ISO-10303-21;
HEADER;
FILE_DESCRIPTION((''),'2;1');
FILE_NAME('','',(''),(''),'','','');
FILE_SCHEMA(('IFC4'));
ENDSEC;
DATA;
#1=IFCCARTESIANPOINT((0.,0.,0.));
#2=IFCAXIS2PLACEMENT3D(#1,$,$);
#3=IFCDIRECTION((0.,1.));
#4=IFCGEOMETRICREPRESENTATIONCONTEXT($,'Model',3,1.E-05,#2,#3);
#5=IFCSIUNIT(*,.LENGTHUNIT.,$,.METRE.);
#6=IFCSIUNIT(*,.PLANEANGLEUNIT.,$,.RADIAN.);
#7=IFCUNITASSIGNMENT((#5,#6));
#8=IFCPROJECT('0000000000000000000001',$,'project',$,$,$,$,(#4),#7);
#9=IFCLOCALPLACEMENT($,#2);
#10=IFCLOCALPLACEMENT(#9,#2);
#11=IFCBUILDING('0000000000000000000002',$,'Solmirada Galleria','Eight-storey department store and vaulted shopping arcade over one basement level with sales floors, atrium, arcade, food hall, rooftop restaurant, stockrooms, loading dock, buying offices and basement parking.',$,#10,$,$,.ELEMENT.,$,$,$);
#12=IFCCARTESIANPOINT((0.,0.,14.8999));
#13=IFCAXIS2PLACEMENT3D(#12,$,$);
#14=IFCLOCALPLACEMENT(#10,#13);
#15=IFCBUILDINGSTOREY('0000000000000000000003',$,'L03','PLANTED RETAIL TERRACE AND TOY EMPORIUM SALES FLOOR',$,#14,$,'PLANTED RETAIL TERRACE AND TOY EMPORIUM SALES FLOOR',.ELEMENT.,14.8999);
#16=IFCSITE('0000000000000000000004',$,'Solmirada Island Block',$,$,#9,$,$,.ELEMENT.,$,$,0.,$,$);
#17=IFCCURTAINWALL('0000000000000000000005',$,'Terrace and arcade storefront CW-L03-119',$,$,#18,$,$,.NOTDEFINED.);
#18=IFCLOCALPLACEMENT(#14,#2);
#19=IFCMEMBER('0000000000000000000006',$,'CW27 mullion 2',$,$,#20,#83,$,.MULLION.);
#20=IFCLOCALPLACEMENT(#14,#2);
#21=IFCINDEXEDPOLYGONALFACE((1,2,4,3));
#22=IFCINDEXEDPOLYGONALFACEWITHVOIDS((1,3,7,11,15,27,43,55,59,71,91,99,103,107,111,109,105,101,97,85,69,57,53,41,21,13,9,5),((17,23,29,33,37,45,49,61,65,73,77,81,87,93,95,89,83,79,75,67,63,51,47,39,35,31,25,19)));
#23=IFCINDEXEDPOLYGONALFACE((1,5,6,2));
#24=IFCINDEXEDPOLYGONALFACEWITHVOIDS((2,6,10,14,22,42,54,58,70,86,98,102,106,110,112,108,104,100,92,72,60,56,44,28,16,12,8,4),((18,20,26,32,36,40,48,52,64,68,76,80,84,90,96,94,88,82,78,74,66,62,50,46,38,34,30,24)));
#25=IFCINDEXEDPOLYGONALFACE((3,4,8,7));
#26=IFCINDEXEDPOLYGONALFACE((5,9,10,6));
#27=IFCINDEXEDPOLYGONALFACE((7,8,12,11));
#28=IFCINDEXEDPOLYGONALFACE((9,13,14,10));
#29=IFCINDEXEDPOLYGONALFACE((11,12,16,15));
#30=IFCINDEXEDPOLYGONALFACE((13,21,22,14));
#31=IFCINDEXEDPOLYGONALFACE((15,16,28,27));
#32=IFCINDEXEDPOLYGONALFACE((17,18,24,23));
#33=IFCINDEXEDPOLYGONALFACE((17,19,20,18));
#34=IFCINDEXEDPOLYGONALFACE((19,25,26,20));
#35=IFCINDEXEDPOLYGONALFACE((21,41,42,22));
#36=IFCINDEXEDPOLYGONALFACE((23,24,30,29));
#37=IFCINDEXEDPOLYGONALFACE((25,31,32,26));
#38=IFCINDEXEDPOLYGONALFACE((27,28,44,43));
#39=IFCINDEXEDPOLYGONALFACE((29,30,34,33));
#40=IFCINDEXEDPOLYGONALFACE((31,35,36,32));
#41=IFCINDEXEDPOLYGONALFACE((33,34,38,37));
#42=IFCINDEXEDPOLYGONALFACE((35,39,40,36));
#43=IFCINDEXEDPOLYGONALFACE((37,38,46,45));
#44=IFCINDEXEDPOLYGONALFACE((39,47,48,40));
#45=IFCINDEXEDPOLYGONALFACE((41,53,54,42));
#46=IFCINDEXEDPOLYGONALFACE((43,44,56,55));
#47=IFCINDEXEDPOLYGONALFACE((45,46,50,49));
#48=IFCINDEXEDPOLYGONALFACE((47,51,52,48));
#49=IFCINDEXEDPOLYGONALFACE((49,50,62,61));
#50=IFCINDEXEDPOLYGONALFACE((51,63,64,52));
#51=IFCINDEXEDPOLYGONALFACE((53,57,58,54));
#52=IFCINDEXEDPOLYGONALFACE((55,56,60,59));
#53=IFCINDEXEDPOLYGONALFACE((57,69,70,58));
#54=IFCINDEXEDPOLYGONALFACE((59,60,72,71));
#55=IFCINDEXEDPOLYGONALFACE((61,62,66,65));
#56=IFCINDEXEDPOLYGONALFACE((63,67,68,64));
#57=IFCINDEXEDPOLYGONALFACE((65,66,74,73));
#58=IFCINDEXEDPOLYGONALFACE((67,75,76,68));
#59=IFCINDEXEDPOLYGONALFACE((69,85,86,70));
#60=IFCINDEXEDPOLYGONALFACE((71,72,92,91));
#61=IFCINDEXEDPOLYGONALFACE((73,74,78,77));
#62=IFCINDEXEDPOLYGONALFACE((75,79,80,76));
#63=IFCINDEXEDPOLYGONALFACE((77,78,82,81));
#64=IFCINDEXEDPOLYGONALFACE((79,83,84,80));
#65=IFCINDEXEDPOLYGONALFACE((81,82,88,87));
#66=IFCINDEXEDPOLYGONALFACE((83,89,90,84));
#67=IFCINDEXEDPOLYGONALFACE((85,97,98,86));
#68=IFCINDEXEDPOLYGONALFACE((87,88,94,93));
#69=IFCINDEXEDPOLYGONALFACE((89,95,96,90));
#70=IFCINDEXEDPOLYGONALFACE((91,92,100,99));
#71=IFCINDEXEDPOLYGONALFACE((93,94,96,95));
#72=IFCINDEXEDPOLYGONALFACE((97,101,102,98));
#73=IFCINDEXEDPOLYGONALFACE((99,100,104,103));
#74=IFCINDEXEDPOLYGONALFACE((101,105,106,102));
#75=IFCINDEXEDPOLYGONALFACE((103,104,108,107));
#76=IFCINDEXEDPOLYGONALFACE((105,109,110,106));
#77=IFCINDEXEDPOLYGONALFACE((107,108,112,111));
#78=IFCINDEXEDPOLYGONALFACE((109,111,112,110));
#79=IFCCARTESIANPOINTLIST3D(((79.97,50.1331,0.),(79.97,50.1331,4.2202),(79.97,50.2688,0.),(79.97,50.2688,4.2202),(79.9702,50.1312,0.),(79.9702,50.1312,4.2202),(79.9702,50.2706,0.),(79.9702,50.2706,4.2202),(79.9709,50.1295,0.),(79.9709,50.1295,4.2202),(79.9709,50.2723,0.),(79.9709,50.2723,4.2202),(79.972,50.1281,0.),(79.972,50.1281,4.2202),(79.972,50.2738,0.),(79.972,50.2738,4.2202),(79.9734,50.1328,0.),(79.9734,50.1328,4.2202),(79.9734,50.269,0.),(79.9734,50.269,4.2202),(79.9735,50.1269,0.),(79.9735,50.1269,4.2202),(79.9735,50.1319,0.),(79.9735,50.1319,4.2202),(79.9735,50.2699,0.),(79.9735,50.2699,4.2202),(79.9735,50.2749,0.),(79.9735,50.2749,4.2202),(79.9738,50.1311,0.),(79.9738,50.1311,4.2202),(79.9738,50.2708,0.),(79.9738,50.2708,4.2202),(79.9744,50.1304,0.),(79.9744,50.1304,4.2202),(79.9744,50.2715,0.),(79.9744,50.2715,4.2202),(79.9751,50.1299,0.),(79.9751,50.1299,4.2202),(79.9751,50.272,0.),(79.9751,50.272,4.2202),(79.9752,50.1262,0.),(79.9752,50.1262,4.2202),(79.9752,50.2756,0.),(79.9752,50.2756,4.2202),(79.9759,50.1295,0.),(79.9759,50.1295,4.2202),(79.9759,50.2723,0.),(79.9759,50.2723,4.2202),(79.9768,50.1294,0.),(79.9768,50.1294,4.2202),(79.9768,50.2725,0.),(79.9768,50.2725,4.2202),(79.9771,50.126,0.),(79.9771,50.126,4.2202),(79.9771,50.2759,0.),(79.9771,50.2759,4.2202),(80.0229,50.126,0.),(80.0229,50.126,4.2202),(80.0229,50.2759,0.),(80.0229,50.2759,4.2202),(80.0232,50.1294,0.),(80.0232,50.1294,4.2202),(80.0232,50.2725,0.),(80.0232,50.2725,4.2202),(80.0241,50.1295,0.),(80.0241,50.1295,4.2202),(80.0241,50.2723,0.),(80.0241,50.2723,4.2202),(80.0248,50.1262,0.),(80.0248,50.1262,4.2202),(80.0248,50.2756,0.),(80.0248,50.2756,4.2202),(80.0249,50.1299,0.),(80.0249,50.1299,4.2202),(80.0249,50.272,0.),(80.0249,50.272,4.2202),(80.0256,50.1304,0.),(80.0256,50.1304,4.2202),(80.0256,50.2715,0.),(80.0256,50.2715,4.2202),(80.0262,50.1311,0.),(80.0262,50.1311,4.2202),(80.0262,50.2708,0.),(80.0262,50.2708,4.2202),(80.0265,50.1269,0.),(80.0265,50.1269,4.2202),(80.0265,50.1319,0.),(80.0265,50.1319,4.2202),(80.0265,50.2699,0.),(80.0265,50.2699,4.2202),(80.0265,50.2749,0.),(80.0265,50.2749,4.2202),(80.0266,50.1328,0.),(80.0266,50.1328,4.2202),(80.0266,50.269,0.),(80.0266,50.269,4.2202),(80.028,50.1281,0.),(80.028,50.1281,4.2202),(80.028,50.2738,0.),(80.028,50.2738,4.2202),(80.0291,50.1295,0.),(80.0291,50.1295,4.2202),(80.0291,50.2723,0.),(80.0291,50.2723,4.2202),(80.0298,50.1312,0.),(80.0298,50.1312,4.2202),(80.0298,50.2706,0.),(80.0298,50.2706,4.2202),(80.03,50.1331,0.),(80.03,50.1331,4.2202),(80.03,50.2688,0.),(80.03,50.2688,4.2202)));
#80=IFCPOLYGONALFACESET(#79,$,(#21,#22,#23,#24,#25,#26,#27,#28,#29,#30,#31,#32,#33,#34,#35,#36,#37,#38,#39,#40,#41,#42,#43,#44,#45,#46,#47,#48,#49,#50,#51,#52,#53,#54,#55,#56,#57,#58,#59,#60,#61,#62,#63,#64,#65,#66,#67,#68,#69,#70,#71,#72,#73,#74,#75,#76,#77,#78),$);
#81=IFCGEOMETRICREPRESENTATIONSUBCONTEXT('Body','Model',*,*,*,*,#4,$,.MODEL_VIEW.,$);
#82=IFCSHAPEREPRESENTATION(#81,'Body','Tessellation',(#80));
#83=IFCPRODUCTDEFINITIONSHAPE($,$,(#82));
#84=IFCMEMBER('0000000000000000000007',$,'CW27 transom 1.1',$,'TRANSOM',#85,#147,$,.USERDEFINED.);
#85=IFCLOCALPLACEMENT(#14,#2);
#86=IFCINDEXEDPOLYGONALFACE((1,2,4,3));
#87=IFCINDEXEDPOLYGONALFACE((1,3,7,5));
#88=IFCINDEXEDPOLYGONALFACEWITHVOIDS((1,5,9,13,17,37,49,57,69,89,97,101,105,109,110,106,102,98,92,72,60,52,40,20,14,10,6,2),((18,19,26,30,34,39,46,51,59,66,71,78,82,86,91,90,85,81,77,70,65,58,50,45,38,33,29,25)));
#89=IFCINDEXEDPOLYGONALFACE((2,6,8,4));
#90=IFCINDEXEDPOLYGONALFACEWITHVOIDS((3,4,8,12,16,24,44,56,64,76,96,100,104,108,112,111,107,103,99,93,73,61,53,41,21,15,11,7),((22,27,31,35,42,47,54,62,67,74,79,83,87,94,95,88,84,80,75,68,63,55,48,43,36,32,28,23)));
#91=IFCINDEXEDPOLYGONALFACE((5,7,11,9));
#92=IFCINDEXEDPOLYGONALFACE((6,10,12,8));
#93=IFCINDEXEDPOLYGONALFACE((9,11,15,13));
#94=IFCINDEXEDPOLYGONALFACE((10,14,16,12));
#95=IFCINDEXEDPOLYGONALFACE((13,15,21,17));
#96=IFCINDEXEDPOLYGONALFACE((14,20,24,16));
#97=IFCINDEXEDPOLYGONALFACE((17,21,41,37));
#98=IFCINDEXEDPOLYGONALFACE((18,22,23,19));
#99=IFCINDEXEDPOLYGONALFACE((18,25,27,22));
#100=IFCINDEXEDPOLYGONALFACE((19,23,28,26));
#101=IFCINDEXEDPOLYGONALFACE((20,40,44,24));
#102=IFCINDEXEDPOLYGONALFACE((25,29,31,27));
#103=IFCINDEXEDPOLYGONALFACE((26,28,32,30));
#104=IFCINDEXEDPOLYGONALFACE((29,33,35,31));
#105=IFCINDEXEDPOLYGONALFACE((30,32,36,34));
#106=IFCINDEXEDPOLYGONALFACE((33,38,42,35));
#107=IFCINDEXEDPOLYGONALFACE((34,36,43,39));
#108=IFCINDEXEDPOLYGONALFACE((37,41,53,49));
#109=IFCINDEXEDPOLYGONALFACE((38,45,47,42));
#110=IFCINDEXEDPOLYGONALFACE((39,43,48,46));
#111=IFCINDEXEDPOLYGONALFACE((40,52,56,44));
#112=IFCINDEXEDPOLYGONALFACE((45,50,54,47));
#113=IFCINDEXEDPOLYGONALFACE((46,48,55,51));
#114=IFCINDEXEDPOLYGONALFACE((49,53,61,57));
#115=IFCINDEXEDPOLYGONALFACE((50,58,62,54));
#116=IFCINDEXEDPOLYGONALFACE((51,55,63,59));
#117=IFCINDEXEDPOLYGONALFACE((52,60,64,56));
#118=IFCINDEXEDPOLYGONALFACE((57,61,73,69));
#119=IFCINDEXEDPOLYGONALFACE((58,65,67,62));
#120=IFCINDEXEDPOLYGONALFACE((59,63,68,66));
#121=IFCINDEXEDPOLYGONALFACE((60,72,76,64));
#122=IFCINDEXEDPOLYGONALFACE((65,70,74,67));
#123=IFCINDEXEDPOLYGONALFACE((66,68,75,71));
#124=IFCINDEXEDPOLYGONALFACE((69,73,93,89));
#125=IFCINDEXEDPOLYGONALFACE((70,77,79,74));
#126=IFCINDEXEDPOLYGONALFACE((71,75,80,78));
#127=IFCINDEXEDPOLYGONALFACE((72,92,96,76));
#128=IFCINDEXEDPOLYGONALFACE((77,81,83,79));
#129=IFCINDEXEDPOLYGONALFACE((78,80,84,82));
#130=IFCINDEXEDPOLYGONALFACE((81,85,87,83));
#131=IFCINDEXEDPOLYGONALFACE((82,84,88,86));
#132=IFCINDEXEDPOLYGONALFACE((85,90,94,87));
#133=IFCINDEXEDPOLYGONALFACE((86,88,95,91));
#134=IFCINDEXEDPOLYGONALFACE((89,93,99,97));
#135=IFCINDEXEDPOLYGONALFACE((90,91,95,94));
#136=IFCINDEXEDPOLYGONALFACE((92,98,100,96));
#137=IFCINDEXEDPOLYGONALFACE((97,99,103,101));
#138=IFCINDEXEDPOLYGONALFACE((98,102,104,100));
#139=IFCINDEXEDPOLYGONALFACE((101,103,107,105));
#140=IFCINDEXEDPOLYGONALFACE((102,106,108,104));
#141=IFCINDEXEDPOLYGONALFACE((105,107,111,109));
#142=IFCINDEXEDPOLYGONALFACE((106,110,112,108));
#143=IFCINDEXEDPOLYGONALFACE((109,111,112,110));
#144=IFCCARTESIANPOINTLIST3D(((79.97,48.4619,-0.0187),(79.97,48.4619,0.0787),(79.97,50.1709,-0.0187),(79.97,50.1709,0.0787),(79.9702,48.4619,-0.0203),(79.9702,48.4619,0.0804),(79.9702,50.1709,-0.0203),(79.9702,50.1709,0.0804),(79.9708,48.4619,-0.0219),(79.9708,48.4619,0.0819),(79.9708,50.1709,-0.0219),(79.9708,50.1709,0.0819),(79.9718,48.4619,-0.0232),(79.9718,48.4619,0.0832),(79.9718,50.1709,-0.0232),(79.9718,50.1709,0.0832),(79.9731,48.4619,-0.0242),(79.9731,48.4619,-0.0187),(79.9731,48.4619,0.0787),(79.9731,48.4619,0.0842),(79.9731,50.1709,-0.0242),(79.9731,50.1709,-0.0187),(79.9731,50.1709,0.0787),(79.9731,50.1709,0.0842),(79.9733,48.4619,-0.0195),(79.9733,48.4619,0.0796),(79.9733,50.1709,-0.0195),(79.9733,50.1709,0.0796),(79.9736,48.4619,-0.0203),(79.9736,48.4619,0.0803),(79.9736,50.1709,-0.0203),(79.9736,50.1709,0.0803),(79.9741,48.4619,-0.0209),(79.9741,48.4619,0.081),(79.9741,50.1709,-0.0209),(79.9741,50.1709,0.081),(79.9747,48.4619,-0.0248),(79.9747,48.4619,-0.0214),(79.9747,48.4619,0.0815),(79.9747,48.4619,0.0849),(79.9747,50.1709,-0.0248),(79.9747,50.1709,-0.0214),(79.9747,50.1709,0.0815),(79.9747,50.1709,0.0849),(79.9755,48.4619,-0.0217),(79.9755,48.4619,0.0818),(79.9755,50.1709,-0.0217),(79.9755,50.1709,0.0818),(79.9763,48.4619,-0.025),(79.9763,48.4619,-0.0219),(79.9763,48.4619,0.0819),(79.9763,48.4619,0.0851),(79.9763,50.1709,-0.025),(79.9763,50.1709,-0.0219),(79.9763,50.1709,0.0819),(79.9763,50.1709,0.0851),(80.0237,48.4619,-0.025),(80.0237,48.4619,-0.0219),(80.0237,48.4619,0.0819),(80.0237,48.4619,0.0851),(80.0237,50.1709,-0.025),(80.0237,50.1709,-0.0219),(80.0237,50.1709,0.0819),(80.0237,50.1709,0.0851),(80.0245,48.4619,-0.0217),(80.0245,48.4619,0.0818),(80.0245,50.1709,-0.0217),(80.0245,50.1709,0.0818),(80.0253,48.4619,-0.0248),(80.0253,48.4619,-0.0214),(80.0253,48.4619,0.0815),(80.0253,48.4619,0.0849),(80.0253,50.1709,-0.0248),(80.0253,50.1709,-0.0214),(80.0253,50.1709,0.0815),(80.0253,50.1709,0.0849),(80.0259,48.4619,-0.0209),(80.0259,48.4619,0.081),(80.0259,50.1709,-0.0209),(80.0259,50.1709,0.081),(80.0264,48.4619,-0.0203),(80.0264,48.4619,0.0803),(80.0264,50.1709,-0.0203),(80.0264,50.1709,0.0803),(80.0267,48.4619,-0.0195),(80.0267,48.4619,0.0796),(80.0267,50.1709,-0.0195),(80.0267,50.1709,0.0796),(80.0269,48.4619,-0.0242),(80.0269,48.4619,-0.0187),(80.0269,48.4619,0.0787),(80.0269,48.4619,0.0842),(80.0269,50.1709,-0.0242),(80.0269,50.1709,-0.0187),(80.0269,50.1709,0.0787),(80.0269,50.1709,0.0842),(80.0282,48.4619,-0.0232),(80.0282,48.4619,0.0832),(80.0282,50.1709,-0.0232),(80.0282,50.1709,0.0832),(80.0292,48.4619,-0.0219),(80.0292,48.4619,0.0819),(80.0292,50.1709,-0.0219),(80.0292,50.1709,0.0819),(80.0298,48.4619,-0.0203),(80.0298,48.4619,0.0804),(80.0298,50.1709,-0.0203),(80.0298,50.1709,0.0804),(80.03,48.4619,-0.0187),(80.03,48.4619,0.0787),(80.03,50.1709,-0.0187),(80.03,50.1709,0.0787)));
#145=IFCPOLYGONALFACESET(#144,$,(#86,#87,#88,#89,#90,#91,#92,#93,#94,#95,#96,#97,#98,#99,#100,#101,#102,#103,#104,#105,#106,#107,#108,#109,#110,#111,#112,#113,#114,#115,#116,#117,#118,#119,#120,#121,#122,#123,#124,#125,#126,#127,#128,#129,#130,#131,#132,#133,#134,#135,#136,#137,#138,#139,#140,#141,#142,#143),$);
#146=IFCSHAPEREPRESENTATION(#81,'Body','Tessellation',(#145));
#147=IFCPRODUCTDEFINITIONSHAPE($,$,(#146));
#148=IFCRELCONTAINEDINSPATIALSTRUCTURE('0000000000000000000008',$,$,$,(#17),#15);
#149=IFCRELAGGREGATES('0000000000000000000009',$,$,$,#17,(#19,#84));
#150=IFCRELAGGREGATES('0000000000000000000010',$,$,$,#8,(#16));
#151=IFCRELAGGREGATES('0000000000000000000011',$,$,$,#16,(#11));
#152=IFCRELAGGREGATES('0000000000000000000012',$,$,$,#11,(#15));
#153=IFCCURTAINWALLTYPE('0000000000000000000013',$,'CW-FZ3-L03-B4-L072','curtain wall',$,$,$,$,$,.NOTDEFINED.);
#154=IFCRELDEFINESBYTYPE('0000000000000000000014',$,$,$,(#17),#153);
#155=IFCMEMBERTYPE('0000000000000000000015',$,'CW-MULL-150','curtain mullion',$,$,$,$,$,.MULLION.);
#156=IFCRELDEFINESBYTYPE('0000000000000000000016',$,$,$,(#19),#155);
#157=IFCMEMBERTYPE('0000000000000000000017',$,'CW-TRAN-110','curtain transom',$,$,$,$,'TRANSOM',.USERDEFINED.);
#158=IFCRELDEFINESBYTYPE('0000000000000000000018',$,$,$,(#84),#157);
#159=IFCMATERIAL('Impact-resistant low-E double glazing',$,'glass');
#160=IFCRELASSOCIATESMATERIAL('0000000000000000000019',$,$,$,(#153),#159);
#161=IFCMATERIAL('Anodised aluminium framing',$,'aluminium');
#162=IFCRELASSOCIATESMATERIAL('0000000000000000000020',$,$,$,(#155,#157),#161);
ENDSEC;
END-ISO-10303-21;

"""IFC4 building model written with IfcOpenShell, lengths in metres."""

from ifc_helpers import new_model, si_unit, direction, frame, origin, origin_2d, place, context, subcontext, project, spatial, hollow_rectangle, extrude, material, material_profile, profile_set, type_object, element, aggregate, save


model = new_model("IFC4")

# Units and contexts
model_context = context("Model", 3, precision=1e-05, world=origin(), true_north=direction((0.0, 1.0)))
body_context = subcontext(model_context, "Body", "Model", "MODEL_VIEW")
ifc_project = project(units=[si_unit("LENGTHUNIT", "METRE"), si_unit("PLANEANGLEUNIT", "RADIAN")], contexts=[model_context])

# Site, building, storey
site_placement = place(None, origin())
site = spatial("IfcSite", under=ifc_project, at=site_placement, Name="Solmirada Island Block", CompositionType="ELEMENT", RefElevation=0.0)
building_placement = place(site_placement, origin())
building = spatial("IfcBuilding", under=site, at=building_placement, Name="Solmirada Galleria", Description="Eight-storey department store and vaulted shopping arcade over one basement level with sales floors, atrium, arcade, food hall, rooftop restaurant, stockrooms, loading dock, buying offices and basement parking.", CompositionType="ELEMENT")
storey_placement = place(building_placement, frame((0.0, 0.0, 14.8999)))
storey = spatial("IfcBuildingStorey", under=building, at=storey_placement, Name="L03", Description="PLANTED RETAIL TERRACE AND TOY EMPORIUM SALES FLOOR", LongName="PLANTED RETAIL TERRACE AND TOY EMPORIUM SALES FLOOR", CompositionType="ELEMENT", Elevation=14.8999)

# Curtain wall, members
ifc_material_1 = material(Name="Impact-resistant low-E double glazing", Category="glass")
curtain_wall_type = type_object("IfcCurtainWallType", Name="CW-FZ3-L03-B4-L072", Description="curtain wall", PredefinedType="NOTDEFINED", material=ifc_material_1)
curtain_wall_placement = place(storey_placement, origin())
curtain_wall = element("IfcCurtainWall", 1, at=curtain_wall_placement, inside=storey, type_object=curtain_wall_type, Name="Terrace and arcade storefront CW-L03-119", PredefinedType="NOTDEFINED")
ifc_material_2 = material(Name="Anodised aluminium framing", Category="aluminium")
ifc_material_profile_1 = material_profile(ifc_material_2, hollow_rectangle(XDim=0.0601, YDim=0.1499, WallThickness=0.0034, InnerFilletRadius=0.0034, OuterFilletRadius=0.0071, at=origin_2d()), Name="ALU-MULL-150X60")
ifc_profile_set_1 = profile_set([ifc_material_profile_1], Name="Anodised aluminium framing")
member_type_1 = type_object("IfcMemberType", Name="CW-MULL-150", Description="curtain mullion", PredefinedType="MULLION", material=ifc_profile_set_1)
member_1_placement = place(storey_placement, frame((80.0, 50.2009, 0.0), z_axis=(0.0, 0.0, 1.0), x_axis=(-1.0, 0.0, 0.0)))
member_1 = element("IfcMember", 2, at=member_1_placement, type_object=member_type_1, Name="CW27 mullion 2", PredefinedType="MULLION", context=body_context, shape_type="SweptSolid", body=[
    extrude(hollow_rectangle(XDim=0.0601, YDim=0.1499, WallThickness=0.0034, InnerFilletRadius=0.0034, OuterFilletRadius=0.0071, at=origin_2d()), origin(), (0.0, 0.0, 1.0), 4.2202),
])
ifc_material_profile_2 = material_profile(ifc_material_2, hollow_rectangle(XDim=0.0601, YDim=0.1101, WallThickness=0.0032, InnerFilletRadius=0.0032, OuterFilletRadius=0.0063, at=origin_2d()), Name="ALU-TRAN-110X60")
ifc_profile_set_2 = profile_set([ifc_material_profile_2], Name="Anodised aluminium framing")
member_type_2 = type_object("IfcMemberType", Name="CW-TRAN-110", Description="curtain transom", ElementType="TRANSOM", PredefinedType="USERDEFINED", material=ifc_profile_set_2)
member_2_placement = place(storey_placement, frame((80.0, 48.4619, 0.03), z_axis=(0.0, 1.0, 0.0), x_axis=(-1.0, 0.0, 0.0)))
member_2 = element("IfcMember", 3, at=member_2_placement, type_object=member_type_2, Name="CW27 transom 1.1", ObjectType="TRANSOM", PredefinedType="USERDEFINED", context=body_context, shape_type="SweptSolid", body=[
    extrude(hollow_rectangle(XDim=0.0601, YDim=0.1101, WallThickness=0.0032, InnerFilletRadius=0.0032, OuterFilletRadius=0.0063, at=origin_2d()), origin(), (0.0, 0.0, 1.0), 1.709),
])
aggregate(curtain_wall, [member_1, member_2])

save(model, "model.ifc")
